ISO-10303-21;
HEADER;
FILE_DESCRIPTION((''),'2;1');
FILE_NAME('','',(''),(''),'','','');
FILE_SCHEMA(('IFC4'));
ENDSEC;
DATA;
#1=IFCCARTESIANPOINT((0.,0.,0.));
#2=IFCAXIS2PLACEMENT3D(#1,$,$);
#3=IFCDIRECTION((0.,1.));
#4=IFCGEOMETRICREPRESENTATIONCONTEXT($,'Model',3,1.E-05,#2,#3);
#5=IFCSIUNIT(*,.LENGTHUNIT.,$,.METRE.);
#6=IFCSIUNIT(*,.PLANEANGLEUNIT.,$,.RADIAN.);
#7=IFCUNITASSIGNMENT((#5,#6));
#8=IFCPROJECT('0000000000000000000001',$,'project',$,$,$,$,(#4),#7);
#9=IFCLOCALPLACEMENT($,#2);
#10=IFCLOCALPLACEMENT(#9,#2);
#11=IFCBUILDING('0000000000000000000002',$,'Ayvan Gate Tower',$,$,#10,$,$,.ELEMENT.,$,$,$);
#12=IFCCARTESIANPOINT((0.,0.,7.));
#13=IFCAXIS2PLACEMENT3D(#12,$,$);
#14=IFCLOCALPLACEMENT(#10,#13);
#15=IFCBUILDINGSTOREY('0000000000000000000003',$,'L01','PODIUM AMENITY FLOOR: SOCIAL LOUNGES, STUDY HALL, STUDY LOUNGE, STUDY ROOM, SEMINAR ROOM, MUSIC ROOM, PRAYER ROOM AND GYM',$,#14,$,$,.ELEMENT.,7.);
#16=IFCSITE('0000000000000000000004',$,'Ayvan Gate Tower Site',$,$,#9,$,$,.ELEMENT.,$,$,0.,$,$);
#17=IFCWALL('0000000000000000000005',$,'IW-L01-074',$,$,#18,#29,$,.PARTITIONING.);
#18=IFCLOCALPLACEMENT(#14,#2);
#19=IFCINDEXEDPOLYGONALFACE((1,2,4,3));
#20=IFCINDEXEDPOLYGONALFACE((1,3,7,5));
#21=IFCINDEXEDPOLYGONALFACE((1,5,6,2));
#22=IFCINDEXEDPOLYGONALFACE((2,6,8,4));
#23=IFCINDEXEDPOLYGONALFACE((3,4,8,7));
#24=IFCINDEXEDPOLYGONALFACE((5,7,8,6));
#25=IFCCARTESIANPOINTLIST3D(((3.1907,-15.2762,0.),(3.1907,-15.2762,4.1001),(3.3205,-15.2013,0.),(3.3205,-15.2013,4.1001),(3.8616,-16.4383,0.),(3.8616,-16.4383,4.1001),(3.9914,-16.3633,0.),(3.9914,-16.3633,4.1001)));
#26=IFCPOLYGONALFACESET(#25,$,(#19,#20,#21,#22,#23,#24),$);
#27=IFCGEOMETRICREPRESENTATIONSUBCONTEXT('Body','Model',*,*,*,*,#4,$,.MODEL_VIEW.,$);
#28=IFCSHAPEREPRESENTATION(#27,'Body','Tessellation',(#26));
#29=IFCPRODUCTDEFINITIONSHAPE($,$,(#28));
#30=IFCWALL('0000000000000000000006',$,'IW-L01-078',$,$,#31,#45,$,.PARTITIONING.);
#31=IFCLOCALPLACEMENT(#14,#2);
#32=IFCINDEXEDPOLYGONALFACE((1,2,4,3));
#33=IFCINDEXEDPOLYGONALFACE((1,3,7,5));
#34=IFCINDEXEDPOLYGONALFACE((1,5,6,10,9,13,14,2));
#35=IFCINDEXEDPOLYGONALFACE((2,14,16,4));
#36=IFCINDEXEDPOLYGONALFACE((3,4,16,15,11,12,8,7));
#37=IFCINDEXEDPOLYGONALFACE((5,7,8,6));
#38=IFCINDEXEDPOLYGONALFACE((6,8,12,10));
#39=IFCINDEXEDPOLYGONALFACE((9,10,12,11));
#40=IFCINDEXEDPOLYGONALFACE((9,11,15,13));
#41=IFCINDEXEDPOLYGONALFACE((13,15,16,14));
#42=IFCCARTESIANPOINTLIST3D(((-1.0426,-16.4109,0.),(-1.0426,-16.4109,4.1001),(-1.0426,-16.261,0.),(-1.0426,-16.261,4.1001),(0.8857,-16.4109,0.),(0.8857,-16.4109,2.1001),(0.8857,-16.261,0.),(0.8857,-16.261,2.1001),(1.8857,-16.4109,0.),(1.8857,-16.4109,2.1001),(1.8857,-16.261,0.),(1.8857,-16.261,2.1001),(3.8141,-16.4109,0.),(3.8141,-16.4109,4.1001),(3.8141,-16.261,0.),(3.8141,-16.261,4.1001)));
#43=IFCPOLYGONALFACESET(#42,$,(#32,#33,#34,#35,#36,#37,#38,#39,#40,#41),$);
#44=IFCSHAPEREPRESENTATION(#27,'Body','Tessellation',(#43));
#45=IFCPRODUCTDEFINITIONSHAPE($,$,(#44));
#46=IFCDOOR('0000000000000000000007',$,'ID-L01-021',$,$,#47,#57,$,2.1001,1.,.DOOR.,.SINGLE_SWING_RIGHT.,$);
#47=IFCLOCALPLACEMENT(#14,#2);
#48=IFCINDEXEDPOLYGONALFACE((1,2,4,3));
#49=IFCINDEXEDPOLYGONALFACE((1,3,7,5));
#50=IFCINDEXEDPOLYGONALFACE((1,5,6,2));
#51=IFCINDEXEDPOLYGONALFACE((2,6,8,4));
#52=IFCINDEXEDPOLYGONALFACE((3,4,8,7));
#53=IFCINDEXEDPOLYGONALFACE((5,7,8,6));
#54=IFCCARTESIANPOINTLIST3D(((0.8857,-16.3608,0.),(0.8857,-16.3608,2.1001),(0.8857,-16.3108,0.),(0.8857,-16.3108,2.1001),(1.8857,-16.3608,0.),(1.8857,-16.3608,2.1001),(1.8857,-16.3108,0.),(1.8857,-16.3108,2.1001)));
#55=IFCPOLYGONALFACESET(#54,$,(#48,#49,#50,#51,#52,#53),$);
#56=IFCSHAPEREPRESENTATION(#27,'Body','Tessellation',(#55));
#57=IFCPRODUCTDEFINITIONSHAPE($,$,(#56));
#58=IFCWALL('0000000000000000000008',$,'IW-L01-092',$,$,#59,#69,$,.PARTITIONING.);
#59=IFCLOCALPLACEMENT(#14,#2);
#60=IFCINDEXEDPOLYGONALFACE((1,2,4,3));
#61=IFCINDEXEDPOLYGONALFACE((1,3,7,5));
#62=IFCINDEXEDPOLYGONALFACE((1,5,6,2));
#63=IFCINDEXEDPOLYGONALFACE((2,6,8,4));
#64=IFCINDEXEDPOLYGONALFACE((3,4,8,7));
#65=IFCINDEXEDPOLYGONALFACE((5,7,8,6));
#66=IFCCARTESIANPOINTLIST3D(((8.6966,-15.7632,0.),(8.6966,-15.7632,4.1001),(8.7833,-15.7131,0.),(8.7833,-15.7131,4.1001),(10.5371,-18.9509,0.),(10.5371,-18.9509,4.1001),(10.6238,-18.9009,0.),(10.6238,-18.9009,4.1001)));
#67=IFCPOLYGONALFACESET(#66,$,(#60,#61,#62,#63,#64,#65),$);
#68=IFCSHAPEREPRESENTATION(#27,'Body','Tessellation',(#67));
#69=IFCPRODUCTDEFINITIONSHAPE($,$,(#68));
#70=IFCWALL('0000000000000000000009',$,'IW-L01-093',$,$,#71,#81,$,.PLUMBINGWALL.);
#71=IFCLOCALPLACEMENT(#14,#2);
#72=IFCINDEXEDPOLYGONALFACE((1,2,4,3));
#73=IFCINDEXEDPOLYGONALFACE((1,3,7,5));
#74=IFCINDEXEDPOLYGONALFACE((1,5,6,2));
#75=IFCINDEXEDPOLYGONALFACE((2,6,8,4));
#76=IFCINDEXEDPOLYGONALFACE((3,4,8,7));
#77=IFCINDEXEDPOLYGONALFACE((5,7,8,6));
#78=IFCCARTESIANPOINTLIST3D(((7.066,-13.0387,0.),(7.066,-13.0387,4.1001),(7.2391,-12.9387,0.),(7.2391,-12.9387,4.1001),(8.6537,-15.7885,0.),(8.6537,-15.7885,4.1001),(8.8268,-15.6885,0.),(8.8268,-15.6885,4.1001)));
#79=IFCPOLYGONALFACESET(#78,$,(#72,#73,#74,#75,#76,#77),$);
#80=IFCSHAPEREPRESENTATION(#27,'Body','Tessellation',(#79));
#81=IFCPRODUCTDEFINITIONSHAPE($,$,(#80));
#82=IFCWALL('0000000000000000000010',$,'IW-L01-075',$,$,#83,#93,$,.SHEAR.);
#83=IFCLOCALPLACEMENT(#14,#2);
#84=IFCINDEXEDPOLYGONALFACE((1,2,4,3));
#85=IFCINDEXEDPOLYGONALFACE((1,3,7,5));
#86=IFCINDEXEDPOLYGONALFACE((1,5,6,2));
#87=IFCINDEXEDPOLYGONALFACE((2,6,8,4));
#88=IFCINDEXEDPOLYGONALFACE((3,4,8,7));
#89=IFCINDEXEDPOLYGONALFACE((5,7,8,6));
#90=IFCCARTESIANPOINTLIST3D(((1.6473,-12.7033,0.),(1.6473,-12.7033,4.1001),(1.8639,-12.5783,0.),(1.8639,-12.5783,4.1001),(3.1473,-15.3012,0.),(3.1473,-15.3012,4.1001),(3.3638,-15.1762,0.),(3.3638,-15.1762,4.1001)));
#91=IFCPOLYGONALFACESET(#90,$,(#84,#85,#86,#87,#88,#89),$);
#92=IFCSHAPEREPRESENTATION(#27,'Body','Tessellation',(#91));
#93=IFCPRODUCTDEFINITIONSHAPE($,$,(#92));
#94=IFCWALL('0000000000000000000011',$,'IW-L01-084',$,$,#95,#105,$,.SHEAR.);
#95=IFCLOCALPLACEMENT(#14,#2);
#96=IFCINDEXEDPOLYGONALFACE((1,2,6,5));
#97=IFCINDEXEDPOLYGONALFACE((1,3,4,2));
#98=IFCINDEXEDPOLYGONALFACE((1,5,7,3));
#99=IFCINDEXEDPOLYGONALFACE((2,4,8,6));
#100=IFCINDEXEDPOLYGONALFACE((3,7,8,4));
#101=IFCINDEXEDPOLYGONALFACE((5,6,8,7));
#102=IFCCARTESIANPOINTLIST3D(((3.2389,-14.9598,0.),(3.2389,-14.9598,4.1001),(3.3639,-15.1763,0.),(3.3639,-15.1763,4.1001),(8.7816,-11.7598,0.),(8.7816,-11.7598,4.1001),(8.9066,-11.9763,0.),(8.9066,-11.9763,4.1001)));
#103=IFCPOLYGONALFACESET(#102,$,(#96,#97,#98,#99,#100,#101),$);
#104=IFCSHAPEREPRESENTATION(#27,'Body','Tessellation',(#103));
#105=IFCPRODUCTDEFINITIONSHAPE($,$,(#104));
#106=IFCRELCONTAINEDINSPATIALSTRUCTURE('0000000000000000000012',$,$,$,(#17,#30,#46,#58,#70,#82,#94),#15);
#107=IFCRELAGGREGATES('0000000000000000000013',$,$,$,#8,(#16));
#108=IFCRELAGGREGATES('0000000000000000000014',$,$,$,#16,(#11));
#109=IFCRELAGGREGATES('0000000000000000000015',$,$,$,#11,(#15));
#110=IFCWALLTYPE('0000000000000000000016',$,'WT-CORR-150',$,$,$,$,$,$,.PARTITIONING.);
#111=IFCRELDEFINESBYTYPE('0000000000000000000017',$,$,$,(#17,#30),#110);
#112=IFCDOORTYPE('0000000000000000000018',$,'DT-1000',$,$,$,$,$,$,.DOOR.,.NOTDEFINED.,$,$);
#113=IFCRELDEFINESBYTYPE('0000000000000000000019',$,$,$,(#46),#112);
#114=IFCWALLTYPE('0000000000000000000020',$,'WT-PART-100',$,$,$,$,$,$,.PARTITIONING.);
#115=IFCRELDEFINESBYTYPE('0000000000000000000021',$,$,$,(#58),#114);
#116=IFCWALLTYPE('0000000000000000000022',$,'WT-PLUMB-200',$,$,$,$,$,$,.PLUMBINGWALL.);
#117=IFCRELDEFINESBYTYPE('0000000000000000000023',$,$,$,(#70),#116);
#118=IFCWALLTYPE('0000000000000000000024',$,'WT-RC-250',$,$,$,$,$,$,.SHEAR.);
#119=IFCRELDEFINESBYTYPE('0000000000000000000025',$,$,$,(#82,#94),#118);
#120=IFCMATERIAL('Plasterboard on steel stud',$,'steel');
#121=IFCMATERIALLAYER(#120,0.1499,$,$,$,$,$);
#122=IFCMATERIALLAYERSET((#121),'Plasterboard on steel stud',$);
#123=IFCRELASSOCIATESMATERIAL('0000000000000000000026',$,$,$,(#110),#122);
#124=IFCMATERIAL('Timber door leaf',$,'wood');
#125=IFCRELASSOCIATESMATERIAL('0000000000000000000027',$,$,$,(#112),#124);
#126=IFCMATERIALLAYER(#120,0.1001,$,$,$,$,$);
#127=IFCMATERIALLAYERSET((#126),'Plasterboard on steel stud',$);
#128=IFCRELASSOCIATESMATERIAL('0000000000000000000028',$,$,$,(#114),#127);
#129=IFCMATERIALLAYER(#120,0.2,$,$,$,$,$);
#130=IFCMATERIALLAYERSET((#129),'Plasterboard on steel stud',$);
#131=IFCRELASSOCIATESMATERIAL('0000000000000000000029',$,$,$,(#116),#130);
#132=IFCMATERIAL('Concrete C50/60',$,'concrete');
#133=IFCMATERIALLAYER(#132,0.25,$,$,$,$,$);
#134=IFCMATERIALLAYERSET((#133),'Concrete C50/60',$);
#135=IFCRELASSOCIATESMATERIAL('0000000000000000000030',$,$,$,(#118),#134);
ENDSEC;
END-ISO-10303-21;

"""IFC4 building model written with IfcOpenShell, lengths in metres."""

from ifc_helpers import new_model, si_unit, direction, frame, frame_2d, origin, place, context, subcontext, project, spatial, rectangle, extrude, material, layer, layer_set, type_object, element, fill, save


model = new_model("IFC4")

# Units and contexts
model_context = context("Model", 3, precision=1e-05, world=origin(), true_north=direction((0.0, 1.0)))
body_context = subcontext(model_context, "Body", "Model", "MODEL_VIEW")
ifc_project = project(units=[si_unit("LENGTHUNIT", "METRE"), si_unit("PLANEANGLEUNIT", "RADIAN")], contexts=[model_context])

# Site, building, storey
site_placement = place(None, origin())
site = spatial("IfcSite", under=ifc_project, at=site_placement, Name="Ayvan Gate Tower Site", CompositionType="ELEMENT", RefElevation=0.0)
building_placement = place(site_placement, origin())
building = spatial("IfcBuilding", under=site, at=building_placement, Name="Ayvan Gate Tower", CompositionType="ELEMENT")
storey_placement = place(building_placement, frame((0.0, 0.0, 7.0)))
storey = spatial("IfcBuildingStorey", under=building, at=storey_placement, Name="L01", Description="PODIUM AMENITY FLOOR: SOCIAL LOUNGES, STUDY HALL, STUDY LOUNGE, STUDY ROOM, SEMINAR ROOM, MUSIC ROOM, PRAYER ROOM AND GYM", CompositionType="ELEMENT", Elevation=7.0)

# Wall
ifc_material_1 = material(Name="Plasterboard on steel stud", Category="steel")
ifc_layer_1 = layer(ifc_material_1, 0.1499)
ifc_layer_set_1 = layer_set([ifc_layer_1], Name="Plasterboard on steel stud")
wall_type_1 = type_object("IfcWallType", Name="WT-CORR-150", PredefinedType="PARTITIONING", material=ifc_layer_set_1)
wall_1_placement = place(storey_placement, frame((3.2556, -15.2388, 0.0), z_axis=(0.0, 0.0, 1.0), x_axis=(0.499974, -0.86604, 0.0)))
element("IfcWall", 1, at=wall_1_placement, inside=storey, type_object=wall_type_1, Name="IW-L01-074", PredefinedType="PARTITIONING", context=body_context, shape_type="SweptSolid", body=[
    extrude(rectangle(XDim=1.3418, YDim=0.1499, at=frame_2d((0.6709, 0.0))), origin(), (0.0, 0.0, 1.0), 4.1001),
])

# Wall, opening, door
wall_2_placement = place(storey_placement, frame((3.814, -16.3359, 0.0), z_axis=(0.0, 0.0, 1.0), x_axis=(-1.0, 0.0, 0.0)))
wall_2 = element("IfcWall", 2, at=wall_2_placement, inside=storey, type_object=wall_type_1, Name="IW-L01-078", PredefinedType="PARTITIONING", context=body_context, shape_type="SweptSolid", body=[
    extrude(rectangle(XDim=4.8567, YDim=0.1499, at=frame_2d((2.4282, 0.0))), origin(), (0.0, 0.0, 1.0), 4.1001),
])
opening_placement = place(wall_2_placement, frame((1.9282, 0.0, 0.0)))
opening = element("IfcOpeningElement", 3, at=opening_placement, cuts=wall_2, PredefinedType="OPENING", context=body_context, shape_type="SweptSolid", body=[
    extrude(rectangle(XDim=1.0, YDim=2.1001, at=frame_2d((0.5, 1.05))), frame((0.0, 0.085, 0.0), z_axis=(0.0, -1.0, 0.0), x_axis=(1.0, 0.0, 0.0)), (0.0, 0.0, 1.0), 0.1699),
])
ifc_material_2 = material(Name="Timber door leaf", Category="wood")
door_type = type_object("IfcDoorType", Name="DT-1000", OperationType="NOTDEFINED", PredefinedType="DOOR", material=ifc_material_2)
door_placement = place(opening_placement, origin())
door = element("IfcDoor", 4, at=door_placement, inside=storey, type_object=door_type, Name="ID-L01-021", OperationType="SINGLE_SWING_RIGHT", OverallHeight=2.1001, OverallWidth=1.0, PredefinedType="DOOR", context=body_context, shape_type="SweptSolid", body=[
    extrude(rectangle(XDim=1.0, YDim=2.1001, at=frame_2d((0.5, 1.05))), frame((0.0, 0.0249, 0.0), z_axis=(0.0, -1.0, 0.0), x_axis=(1.0, 0.0, 0.0)), (0.0, 0.0, 1.0), 0.05),
])
fill(opening, door)

# Walls
ifc_layer_2 = layer(ifc_material_1, 0.1001)
ifc_layer_set_2 = layer_set([ifc_layer_2], Name="Plasterboard on steel stud")
wall_type_2 = type_object("IfcWallType", Name="WT-PART-100", PredefinedType="PARTITIONING", material=ifc_layer_set_2)
wall_3_placement = place(storey_placement, frame((8.74, -15.7383, 0.0), z_axis=(0.0, 0.0, 1.0), x_axis=(0.500027, -0.86601, 0.0)))
element("IfcWall", 5, at=wall_3_placement, inside=storey, type_object=wall_type_2, Name="IW-L01-092", PredefinedType="PARTITIONING", context=body_context, shape_type="SweptSolid", body=[
    extrude(rectangle(XDim=3.6809, YDim=0.1001, at=frame_2d((1.8403, 0.0))), origin(), (0.0, 0.0, 1.0), 4.1001),
])
ifc_layer_3 = layer(ifc_material_1, 0.2)
ifc_layer_set_3 = layer_set([ifc_layer_3], Name="Plasterboard on steel stud")
wall_type_3 = type_object("IfcWallType", Name="WT-PLUMB-200", PredefinedType="PLUMBINGWALL", material=ifc_layer_set_3)
wall_4_placement = place(storey_placement, frame((8.7402, -15.7385, 0.0), z_axis=(0.0, 0.0, 1.0), x_axis=(-0.500018, 0.866015, 0.0)))
element("IfcWall", 6, at=wall_4_placement, inside=storey, type_object=wall_type_3, Name="IW-L01-093", PredefinedType="PLUMBINGWALL", context=body_context, shape_type="SweptSolid", body=[
    extrude(rectangle(XDim=3.1753, YDim=0.2, at=frame_2d((1.5876, 0.0))), origin(), (0.0, 0.0, 1.0), 4.1001),
])
ifc_material_3 = material(Name="Concrete C50/60", Category="concrete")
ifc_layer_4 = layer(ifc_material_3, 0.25)
ifc_layer_set_4 = layer_set([ifc_layer_4], Name="Concrete C50/60")
wall_type_4 = type_object("IfcWallType", Name="WT-RC-250", PredefinedType="SHEAR", material=ifc_layer_set_4)
wall_5_placement = place(storey_placement, frame((3.2556, -15.2388, 0.0), z_axis=(0.0, 0.0, 1.0), x_axis=(-0.500025, 0.866011, 0.0)))
element("IfcWall", 7, at=wall_5_placement, inside=storey, type_object=wall_type_4, Name="IW-L01-075", PredefinedType="SHEAR", context=body_context, shape_type="SweptSolid", body=[
    extrude(rectangle(XDim=2.9998, YDim=0.25, at=frame_2d((1.5, 0.0))), origin(), (0.0, 0.0, 1.0), 4.1001),
])
wall_6_placement = place(storey_placement, frame((3.3013, -15.0681, 0.0), z_axis=(0.0, 0.0, 1.0), x_axis=(0.866035, 0.499983, 0.0)))
element("IfcWall", 8, at=wall_6_placement, inside=storey, type_object=wall_type_4, Name="IW-L01-084", PredefinedType="SHEAR", context=body_context, shape_type="SweptSolid", body=[
    extrude(rectangle(XDim=6.4001, YDim=0.25, at=frame_2d((3.2002, 0.0))), origin(), (0.0, 0.0, 1.0), 4.1001),
])

save(model, "model.ifc")
